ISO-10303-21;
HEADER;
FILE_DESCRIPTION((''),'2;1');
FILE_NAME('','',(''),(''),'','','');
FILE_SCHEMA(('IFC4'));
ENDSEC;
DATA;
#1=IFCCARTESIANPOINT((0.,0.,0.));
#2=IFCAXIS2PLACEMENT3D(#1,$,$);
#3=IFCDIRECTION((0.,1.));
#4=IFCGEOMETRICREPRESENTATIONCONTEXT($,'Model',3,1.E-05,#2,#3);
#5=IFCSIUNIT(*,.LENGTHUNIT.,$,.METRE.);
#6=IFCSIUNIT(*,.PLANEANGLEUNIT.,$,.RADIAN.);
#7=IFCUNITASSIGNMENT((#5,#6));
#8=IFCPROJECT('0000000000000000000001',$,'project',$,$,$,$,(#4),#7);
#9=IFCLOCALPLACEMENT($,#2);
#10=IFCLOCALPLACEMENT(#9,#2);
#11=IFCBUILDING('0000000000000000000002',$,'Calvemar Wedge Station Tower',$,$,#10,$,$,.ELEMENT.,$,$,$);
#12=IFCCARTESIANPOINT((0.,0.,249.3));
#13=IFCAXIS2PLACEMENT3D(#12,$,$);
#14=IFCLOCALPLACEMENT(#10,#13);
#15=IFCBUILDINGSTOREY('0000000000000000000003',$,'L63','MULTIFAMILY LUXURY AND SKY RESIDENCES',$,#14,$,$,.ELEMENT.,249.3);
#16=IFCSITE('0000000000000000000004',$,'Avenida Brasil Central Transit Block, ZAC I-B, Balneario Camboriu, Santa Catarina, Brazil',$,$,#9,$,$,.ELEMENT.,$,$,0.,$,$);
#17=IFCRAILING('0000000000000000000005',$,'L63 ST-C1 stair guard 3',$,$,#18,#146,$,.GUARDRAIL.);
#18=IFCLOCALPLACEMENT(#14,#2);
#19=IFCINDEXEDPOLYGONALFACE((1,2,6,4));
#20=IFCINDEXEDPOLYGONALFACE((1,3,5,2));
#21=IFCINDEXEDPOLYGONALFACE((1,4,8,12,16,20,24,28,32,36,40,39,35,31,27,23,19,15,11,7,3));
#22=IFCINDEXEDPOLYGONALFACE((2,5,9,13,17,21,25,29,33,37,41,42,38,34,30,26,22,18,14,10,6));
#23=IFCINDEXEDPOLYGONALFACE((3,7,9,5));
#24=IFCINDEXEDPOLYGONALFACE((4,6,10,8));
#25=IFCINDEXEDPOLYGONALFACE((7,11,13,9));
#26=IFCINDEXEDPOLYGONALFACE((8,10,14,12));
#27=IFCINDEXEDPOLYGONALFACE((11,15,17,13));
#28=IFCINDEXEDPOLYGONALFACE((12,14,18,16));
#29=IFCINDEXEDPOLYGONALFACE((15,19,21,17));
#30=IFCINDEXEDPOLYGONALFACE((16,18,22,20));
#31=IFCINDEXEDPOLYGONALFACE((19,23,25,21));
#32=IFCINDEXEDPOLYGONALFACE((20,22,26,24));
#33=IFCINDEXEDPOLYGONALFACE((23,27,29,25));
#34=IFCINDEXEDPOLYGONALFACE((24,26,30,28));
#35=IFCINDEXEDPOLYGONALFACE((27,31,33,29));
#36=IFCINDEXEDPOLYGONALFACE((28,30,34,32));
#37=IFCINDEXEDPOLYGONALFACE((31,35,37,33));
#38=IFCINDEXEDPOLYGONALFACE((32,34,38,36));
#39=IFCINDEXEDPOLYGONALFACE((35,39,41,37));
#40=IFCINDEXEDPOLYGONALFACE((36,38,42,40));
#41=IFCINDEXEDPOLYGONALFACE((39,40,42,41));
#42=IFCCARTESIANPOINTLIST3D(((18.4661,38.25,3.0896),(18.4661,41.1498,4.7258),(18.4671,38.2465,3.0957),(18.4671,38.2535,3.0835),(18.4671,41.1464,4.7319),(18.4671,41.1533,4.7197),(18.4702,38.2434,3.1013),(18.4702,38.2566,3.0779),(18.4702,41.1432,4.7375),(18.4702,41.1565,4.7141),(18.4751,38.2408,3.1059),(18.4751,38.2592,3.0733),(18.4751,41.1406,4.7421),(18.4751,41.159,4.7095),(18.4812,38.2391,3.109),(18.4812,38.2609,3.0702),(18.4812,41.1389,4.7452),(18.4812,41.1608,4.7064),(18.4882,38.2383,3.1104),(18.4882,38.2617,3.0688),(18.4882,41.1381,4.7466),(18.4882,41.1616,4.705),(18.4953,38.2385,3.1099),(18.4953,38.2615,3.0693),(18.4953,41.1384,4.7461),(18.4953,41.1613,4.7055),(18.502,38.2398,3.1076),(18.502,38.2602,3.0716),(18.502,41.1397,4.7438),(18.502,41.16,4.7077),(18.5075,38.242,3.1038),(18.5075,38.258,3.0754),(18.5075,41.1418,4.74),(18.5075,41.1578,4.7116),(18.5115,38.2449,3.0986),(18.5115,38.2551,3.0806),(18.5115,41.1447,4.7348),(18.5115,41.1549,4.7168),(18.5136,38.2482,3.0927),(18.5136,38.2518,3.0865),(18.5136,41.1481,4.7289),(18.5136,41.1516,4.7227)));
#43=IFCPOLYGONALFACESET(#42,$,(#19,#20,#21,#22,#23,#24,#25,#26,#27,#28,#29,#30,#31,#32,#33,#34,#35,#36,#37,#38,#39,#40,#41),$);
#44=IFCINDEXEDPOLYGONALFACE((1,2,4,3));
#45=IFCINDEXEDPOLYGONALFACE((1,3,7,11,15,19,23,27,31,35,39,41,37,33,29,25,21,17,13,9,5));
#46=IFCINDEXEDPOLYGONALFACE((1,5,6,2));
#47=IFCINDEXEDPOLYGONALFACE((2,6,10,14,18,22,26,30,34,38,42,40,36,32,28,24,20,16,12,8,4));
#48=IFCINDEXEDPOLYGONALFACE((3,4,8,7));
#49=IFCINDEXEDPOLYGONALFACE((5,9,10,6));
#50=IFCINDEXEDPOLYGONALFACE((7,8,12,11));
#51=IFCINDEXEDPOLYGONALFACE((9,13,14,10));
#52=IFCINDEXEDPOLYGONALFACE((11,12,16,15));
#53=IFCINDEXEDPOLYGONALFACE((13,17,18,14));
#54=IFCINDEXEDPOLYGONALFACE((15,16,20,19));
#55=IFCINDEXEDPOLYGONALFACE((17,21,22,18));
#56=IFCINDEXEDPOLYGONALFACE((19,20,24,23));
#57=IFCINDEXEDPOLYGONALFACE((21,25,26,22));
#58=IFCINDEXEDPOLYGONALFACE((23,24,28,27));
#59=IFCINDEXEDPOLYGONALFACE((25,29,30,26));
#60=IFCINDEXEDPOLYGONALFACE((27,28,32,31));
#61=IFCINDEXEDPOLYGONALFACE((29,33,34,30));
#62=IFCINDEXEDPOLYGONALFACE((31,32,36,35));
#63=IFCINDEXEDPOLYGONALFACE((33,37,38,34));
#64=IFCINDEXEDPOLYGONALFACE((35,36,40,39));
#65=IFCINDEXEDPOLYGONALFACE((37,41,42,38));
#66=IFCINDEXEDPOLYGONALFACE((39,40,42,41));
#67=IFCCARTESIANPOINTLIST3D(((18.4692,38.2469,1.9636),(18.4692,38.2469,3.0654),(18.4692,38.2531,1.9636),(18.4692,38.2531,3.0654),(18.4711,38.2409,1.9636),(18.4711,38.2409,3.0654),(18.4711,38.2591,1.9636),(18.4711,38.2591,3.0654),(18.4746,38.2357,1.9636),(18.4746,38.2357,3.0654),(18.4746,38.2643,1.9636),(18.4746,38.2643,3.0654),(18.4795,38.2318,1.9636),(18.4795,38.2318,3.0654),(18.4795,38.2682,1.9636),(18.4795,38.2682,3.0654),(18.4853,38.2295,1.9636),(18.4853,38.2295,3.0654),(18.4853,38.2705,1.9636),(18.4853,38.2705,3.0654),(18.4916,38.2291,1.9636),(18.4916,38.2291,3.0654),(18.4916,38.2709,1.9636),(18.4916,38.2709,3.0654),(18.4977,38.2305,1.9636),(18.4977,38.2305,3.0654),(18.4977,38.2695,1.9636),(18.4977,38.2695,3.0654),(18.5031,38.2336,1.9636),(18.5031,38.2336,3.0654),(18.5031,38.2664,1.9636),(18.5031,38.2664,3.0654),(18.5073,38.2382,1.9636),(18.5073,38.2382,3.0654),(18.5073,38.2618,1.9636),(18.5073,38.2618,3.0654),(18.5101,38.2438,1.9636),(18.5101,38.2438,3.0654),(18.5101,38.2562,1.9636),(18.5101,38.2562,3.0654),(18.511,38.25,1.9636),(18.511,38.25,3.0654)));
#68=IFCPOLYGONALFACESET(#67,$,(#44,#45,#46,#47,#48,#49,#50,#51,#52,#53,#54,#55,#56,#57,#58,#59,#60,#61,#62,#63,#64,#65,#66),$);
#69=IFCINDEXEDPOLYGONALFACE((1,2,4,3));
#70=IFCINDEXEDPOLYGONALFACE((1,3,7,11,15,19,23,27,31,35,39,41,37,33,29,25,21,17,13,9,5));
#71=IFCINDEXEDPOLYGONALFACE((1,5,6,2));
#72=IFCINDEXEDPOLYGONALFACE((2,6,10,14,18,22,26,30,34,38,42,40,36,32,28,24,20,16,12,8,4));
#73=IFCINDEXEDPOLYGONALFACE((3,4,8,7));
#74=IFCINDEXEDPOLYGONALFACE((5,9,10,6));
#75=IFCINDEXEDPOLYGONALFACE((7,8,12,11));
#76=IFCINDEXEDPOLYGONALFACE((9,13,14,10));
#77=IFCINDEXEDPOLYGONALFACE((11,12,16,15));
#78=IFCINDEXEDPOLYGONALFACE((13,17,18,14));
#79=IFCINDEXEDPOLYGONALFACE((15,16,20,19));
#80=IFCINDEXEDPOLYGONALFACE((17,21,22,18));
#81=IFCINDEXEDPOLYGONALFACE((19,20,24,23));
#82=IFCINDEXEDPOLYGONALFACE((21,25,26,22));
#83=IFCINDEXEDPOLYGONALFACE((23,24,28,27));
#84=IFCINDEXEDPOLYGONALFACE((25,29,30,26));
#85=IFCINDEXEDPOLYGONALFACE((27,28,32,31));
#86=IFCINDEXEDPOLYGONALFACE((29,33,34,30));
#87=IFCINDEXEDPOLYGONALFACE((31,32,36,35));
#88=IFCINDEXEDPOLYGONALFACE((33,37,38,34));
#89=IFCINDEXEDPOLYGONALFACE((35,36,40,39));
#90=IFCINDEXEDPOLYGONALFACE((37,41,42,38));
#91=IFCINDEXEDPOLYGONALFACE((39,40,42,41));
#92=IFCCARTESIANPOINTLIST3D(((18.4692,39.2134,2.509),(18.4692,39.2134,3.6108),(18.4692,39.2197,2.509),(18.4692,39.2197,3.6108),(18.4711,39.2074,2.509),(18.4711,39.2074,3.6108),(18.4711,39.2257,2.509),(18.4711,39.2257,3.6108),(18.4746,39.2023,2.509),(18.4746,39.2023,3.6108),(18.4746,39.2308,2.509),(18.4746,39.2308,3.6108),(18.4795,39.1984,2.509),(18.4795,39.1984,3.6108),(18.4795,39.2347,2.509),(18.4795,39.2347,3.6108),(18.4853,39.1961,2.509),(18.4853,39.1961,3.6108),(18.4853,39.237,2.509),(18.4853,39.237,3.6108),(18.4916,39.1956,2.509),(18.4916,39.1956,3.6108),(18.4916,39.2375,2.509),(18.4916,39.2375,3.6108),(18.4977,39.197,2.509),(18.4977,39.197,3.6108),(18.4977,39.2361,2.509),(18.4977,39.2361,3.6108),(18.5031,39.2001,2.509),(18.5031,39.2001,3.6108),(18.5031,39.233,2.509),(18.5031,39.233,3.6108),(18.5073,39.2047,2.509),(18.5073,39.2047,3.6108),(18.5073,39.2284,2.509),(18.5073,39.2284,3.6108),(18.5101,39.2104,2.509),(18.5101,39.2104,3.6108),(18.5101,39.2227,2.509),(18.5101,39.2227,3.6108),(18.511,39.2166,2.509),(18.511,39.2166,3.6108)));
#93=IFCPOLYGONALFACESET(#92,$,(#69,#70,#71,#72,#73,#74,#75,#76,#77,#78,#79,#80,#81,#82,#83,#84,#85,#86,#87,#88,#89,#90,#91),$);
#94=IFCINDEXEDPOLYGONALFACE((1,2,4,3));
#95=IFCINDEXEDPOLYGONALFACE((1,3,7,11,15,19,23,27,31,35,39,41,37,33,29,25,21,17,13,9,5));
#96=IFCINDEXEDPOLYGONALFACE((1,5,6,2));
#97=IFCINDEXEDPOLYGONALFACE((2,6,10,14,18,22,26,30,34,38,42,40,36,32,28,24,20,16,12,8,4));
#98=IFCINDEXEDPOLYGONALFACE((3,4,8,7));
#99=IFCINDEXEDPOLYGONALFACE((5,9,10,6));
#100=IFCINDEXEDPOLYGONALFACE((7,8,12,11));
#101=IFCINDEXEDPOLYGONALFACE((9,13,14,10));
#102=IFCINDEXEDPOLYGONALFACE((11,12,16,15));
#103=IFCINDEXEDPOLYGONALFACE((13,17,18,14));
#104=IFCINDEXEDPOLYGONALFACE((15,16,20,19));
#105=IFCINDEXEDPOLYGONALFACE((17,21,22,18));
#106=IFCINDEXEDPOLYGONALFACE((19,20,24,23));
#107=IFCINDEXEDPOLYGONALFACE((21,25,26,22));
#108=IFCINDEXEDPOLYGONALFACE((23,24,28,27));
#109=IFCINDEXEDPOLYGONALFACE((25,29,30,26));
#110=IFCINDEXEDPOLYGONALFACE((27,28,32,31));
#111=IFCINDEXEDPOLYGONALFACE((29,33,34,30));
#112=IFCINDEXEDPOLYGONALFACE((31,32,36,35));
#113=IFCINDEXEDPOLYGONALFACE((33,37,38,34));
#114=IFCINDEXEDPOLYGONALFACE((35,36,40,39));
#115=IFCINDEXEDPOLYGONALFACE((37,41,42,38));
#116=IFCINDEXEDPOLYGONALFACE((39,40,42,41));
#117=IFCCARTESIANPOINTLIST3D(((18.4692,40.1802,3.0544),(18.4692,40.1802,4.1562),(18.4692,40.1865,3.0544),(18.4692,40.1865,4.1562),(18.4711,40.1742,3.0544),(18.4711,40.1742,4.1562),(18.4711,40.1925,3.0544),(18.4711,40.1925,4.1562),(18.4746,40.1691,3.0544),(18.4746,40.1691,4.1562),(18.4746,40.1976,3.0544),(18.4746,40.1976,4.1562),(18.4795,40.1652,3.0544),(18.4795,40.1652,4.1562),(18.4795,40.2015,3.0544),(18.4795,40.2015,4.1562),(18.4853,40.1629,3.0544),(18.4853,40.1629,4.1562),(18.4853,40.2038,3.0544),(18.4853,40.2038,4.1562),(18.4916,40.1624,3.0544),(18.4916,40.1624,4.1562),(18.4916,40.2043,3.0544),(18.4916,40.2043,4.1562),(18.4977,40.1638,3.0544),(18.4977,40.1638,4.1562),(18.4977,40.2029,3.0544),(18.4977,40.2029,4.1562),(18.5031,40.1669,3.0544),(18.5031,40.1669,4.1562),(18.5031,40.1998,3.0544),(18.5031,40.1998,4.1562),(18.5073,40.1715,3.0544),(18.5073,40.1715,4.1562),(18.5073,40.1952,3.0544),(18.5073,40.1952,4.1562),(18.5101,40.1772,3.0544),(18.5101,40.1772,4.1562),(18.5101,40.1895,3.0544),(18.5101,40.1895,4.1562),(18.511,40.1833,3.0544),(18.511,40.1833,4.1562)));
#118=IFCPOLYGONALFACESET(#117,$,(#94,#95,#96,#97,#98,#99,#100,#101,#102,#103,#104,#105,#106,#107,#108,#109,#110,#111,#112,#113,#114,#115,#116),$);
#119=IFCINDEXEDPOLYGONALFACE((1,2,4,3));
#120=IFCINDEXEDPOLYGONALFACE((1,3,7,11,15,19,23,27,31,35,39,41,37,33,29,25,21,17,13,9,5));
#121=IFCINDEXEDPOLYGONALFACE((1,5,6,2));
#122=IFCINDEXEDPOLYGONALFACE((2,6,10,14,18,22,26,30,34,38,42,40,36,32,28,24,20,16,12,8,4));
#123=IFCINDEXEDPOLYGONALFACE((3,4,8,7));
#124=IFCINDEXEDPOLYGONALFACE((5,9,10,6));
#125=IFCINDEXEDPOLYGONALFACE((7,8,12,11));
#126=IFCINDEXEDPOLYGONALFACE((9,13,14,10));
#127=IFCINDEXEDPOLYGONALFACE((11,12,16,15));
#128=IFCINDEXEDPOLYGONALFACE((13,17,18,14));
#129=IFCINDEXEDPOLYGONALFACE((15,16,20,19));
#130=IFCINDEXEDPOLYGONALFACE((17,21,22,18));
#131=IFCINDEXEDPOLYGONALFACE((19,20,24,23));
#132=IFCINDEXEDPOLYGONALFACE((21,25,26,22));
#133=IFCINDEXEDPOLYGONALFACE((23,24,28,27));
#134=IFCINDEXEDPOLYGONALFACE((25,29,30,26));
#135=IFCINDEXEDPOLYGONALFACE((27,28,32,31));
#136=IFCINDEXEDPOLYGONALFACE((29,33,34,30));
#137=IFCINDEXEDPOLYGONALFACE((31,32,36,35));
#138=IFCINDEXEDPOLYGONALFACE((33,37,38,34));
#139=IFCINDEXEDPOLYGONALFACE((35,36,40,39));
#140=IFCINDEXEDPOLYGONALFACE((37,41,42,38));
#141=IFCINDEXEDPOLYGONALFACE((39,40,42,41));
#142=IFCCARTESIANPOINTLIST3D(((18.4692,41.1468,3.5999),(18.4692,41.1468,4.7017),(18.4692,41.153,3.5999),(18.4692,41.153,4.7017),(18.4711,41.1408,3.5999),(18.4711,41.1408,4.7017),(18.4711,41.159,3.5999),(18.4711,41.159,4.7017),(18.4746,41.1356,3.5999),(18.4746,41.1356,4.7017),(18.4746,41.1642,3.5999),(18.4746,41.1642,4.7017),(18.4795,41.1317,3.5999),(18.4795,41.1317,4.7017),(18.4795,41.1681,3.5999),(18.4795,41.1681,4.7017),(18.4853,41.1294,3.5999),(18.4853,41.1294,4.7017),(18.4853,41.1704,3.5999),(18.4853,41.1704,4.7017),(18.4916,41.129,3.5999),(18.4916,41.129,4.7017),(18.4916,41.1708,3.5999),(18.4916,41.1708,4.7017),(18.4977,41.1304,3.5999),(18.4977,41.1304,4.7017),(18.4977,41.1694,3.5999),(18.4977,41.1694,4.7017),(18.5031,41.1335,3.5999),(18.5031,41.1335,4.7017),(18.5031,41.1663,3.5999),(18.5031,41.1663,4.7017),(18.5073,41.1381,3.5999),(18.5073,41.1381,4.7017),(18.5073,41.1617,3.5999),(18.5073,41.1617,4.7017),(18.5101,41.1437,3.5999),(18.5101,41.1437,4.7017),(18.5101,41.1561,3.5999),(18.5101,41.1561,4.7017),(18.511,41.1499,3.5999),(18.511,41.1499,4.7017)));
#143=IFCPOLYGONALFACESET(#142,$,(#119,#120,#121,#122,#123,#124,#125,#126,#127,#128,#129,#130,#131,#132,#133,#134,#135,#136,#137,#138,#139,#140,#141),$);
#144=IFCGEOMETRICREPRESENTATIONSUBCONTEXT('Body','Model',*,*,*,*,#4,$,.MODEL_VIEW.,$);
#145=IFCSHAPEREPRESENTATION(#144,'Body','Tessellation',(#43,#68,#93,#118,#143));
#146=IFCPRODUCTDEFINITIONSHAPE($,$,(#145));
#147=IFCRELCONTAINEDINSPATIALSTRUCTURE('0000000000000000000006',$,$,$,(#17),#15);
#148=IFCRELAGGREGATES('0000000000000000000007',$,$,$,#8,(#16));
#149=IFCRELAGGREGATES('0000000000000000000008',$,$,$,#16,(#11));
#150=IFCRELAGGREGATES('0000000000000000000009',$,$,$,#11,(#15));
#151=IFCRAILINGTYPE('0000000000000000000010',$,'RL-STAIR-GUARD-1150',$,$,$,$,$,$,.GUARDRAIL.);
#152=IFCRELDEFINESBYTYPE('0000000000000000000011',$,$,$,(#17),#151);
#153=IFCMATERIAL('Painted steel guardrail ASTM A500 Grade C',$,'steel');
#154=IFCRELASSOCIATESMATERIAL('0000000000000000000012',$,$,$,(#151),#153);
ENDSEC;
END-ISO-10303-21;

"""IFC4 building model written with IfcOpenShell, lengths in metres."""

from ifc_helpers import new_model, si_unit, direction, frame, origin, origin_2d, place, context, subcontext, project, spatial, circle, extrude, material, type_object, element, save


model = new_model("IFC4")

# Units and contexts
model_context = context("Model", 3, precision=1e-05, world=origin(), true_north=direction((0.0, 1.0)))
body_context = subcontext(model_context, "Body", "Model", "MODEL_VIEW")
ifc_project = project(units=[si_unit("LENGTHUNIT", "METRE"), si_unit("PLANEANGLEUNIT", "RADIAN")], contexts=[model_context])

# Site, building, storey
site_placement = place(None, origin())
site = spatial("IfcSite", under=ifc_project, at=site_placement, Name="Avenida Brasil Central Transit Block, ZAC I-B, Balneario Camboriu, Santa Catarina, Brazil", CompositionType="ELEMENT", RefElevation=0.0)
building_placement = place(site_placement, origin())
building = spatial("IfcBuilding", under=site, at=building_placement, Name="Calvemar Wedge Station Tower", CompositionType="ELEMENT")
storey_placement = place(building_placement, frame((0.0, 0.0, 249.3)))
storey = spatial("IfcBuildingStorey", under=building, at=storey_placement, Name="L63", Description="MULTIFAMILY LUXURY AND SKY RESIDENCES", CompositionType="ELEMENT", Elevation=249.3)

# Railing
ifc_material_1 = material(Name="Painted steel guardrail ASTM A500 Grade C", Category="steel")
railing_type_1 = type_object("IfcRailingType", Name="RL-STAIR-GUARD-1150", PredefinedType="GUARDRAIL", material=ifc_material_1)
railing_1_placement = place(storey_placement, frame((18.49, 38.25, 1.9636)))
element("IfcRailing", 1, at=railing_1_placement, inside=storey, type_object=railing_type_1, Name="L63 ST-C1 stair guard 3", PredefinedType="GUARDRAIL", context=body_context, shape_type="SweptSolid", body=[
    extrude(circle(Radius=0.0239, at=origin_2d()), frame((0.0, 0.0, 1.126), z_axis=(0.0, 0.870929, 0.49141), x_axis=(-1.0, 0.0, 0.0)), (0.0, 0.0, 1.0), 3.3296),
    extrude(circle(Radius=0.021, at=origin_2d()), origin(), (0.0, 0.0, 1.0), 1.1018),
    extrude(circle(Radius=0.021, at=origin_2d()), frame((0.0, 0.9666, 0.5454)), (0.0, 0.0, 1.0), 1.1018),
    extrude(circle(Radius=0.021, at=origin_2d()), frame((0.0, 1.9333, 1.0908)), (0.0, 0.0, 1.0), 1.1018),
    extrude(circle(Radius=0.021, at=origin_2d()), frame((0.0, 2.8999, 1.6362)), (0.0, 0.0, 1.0), 1.1018),
])

save(model, "model.ifc")
